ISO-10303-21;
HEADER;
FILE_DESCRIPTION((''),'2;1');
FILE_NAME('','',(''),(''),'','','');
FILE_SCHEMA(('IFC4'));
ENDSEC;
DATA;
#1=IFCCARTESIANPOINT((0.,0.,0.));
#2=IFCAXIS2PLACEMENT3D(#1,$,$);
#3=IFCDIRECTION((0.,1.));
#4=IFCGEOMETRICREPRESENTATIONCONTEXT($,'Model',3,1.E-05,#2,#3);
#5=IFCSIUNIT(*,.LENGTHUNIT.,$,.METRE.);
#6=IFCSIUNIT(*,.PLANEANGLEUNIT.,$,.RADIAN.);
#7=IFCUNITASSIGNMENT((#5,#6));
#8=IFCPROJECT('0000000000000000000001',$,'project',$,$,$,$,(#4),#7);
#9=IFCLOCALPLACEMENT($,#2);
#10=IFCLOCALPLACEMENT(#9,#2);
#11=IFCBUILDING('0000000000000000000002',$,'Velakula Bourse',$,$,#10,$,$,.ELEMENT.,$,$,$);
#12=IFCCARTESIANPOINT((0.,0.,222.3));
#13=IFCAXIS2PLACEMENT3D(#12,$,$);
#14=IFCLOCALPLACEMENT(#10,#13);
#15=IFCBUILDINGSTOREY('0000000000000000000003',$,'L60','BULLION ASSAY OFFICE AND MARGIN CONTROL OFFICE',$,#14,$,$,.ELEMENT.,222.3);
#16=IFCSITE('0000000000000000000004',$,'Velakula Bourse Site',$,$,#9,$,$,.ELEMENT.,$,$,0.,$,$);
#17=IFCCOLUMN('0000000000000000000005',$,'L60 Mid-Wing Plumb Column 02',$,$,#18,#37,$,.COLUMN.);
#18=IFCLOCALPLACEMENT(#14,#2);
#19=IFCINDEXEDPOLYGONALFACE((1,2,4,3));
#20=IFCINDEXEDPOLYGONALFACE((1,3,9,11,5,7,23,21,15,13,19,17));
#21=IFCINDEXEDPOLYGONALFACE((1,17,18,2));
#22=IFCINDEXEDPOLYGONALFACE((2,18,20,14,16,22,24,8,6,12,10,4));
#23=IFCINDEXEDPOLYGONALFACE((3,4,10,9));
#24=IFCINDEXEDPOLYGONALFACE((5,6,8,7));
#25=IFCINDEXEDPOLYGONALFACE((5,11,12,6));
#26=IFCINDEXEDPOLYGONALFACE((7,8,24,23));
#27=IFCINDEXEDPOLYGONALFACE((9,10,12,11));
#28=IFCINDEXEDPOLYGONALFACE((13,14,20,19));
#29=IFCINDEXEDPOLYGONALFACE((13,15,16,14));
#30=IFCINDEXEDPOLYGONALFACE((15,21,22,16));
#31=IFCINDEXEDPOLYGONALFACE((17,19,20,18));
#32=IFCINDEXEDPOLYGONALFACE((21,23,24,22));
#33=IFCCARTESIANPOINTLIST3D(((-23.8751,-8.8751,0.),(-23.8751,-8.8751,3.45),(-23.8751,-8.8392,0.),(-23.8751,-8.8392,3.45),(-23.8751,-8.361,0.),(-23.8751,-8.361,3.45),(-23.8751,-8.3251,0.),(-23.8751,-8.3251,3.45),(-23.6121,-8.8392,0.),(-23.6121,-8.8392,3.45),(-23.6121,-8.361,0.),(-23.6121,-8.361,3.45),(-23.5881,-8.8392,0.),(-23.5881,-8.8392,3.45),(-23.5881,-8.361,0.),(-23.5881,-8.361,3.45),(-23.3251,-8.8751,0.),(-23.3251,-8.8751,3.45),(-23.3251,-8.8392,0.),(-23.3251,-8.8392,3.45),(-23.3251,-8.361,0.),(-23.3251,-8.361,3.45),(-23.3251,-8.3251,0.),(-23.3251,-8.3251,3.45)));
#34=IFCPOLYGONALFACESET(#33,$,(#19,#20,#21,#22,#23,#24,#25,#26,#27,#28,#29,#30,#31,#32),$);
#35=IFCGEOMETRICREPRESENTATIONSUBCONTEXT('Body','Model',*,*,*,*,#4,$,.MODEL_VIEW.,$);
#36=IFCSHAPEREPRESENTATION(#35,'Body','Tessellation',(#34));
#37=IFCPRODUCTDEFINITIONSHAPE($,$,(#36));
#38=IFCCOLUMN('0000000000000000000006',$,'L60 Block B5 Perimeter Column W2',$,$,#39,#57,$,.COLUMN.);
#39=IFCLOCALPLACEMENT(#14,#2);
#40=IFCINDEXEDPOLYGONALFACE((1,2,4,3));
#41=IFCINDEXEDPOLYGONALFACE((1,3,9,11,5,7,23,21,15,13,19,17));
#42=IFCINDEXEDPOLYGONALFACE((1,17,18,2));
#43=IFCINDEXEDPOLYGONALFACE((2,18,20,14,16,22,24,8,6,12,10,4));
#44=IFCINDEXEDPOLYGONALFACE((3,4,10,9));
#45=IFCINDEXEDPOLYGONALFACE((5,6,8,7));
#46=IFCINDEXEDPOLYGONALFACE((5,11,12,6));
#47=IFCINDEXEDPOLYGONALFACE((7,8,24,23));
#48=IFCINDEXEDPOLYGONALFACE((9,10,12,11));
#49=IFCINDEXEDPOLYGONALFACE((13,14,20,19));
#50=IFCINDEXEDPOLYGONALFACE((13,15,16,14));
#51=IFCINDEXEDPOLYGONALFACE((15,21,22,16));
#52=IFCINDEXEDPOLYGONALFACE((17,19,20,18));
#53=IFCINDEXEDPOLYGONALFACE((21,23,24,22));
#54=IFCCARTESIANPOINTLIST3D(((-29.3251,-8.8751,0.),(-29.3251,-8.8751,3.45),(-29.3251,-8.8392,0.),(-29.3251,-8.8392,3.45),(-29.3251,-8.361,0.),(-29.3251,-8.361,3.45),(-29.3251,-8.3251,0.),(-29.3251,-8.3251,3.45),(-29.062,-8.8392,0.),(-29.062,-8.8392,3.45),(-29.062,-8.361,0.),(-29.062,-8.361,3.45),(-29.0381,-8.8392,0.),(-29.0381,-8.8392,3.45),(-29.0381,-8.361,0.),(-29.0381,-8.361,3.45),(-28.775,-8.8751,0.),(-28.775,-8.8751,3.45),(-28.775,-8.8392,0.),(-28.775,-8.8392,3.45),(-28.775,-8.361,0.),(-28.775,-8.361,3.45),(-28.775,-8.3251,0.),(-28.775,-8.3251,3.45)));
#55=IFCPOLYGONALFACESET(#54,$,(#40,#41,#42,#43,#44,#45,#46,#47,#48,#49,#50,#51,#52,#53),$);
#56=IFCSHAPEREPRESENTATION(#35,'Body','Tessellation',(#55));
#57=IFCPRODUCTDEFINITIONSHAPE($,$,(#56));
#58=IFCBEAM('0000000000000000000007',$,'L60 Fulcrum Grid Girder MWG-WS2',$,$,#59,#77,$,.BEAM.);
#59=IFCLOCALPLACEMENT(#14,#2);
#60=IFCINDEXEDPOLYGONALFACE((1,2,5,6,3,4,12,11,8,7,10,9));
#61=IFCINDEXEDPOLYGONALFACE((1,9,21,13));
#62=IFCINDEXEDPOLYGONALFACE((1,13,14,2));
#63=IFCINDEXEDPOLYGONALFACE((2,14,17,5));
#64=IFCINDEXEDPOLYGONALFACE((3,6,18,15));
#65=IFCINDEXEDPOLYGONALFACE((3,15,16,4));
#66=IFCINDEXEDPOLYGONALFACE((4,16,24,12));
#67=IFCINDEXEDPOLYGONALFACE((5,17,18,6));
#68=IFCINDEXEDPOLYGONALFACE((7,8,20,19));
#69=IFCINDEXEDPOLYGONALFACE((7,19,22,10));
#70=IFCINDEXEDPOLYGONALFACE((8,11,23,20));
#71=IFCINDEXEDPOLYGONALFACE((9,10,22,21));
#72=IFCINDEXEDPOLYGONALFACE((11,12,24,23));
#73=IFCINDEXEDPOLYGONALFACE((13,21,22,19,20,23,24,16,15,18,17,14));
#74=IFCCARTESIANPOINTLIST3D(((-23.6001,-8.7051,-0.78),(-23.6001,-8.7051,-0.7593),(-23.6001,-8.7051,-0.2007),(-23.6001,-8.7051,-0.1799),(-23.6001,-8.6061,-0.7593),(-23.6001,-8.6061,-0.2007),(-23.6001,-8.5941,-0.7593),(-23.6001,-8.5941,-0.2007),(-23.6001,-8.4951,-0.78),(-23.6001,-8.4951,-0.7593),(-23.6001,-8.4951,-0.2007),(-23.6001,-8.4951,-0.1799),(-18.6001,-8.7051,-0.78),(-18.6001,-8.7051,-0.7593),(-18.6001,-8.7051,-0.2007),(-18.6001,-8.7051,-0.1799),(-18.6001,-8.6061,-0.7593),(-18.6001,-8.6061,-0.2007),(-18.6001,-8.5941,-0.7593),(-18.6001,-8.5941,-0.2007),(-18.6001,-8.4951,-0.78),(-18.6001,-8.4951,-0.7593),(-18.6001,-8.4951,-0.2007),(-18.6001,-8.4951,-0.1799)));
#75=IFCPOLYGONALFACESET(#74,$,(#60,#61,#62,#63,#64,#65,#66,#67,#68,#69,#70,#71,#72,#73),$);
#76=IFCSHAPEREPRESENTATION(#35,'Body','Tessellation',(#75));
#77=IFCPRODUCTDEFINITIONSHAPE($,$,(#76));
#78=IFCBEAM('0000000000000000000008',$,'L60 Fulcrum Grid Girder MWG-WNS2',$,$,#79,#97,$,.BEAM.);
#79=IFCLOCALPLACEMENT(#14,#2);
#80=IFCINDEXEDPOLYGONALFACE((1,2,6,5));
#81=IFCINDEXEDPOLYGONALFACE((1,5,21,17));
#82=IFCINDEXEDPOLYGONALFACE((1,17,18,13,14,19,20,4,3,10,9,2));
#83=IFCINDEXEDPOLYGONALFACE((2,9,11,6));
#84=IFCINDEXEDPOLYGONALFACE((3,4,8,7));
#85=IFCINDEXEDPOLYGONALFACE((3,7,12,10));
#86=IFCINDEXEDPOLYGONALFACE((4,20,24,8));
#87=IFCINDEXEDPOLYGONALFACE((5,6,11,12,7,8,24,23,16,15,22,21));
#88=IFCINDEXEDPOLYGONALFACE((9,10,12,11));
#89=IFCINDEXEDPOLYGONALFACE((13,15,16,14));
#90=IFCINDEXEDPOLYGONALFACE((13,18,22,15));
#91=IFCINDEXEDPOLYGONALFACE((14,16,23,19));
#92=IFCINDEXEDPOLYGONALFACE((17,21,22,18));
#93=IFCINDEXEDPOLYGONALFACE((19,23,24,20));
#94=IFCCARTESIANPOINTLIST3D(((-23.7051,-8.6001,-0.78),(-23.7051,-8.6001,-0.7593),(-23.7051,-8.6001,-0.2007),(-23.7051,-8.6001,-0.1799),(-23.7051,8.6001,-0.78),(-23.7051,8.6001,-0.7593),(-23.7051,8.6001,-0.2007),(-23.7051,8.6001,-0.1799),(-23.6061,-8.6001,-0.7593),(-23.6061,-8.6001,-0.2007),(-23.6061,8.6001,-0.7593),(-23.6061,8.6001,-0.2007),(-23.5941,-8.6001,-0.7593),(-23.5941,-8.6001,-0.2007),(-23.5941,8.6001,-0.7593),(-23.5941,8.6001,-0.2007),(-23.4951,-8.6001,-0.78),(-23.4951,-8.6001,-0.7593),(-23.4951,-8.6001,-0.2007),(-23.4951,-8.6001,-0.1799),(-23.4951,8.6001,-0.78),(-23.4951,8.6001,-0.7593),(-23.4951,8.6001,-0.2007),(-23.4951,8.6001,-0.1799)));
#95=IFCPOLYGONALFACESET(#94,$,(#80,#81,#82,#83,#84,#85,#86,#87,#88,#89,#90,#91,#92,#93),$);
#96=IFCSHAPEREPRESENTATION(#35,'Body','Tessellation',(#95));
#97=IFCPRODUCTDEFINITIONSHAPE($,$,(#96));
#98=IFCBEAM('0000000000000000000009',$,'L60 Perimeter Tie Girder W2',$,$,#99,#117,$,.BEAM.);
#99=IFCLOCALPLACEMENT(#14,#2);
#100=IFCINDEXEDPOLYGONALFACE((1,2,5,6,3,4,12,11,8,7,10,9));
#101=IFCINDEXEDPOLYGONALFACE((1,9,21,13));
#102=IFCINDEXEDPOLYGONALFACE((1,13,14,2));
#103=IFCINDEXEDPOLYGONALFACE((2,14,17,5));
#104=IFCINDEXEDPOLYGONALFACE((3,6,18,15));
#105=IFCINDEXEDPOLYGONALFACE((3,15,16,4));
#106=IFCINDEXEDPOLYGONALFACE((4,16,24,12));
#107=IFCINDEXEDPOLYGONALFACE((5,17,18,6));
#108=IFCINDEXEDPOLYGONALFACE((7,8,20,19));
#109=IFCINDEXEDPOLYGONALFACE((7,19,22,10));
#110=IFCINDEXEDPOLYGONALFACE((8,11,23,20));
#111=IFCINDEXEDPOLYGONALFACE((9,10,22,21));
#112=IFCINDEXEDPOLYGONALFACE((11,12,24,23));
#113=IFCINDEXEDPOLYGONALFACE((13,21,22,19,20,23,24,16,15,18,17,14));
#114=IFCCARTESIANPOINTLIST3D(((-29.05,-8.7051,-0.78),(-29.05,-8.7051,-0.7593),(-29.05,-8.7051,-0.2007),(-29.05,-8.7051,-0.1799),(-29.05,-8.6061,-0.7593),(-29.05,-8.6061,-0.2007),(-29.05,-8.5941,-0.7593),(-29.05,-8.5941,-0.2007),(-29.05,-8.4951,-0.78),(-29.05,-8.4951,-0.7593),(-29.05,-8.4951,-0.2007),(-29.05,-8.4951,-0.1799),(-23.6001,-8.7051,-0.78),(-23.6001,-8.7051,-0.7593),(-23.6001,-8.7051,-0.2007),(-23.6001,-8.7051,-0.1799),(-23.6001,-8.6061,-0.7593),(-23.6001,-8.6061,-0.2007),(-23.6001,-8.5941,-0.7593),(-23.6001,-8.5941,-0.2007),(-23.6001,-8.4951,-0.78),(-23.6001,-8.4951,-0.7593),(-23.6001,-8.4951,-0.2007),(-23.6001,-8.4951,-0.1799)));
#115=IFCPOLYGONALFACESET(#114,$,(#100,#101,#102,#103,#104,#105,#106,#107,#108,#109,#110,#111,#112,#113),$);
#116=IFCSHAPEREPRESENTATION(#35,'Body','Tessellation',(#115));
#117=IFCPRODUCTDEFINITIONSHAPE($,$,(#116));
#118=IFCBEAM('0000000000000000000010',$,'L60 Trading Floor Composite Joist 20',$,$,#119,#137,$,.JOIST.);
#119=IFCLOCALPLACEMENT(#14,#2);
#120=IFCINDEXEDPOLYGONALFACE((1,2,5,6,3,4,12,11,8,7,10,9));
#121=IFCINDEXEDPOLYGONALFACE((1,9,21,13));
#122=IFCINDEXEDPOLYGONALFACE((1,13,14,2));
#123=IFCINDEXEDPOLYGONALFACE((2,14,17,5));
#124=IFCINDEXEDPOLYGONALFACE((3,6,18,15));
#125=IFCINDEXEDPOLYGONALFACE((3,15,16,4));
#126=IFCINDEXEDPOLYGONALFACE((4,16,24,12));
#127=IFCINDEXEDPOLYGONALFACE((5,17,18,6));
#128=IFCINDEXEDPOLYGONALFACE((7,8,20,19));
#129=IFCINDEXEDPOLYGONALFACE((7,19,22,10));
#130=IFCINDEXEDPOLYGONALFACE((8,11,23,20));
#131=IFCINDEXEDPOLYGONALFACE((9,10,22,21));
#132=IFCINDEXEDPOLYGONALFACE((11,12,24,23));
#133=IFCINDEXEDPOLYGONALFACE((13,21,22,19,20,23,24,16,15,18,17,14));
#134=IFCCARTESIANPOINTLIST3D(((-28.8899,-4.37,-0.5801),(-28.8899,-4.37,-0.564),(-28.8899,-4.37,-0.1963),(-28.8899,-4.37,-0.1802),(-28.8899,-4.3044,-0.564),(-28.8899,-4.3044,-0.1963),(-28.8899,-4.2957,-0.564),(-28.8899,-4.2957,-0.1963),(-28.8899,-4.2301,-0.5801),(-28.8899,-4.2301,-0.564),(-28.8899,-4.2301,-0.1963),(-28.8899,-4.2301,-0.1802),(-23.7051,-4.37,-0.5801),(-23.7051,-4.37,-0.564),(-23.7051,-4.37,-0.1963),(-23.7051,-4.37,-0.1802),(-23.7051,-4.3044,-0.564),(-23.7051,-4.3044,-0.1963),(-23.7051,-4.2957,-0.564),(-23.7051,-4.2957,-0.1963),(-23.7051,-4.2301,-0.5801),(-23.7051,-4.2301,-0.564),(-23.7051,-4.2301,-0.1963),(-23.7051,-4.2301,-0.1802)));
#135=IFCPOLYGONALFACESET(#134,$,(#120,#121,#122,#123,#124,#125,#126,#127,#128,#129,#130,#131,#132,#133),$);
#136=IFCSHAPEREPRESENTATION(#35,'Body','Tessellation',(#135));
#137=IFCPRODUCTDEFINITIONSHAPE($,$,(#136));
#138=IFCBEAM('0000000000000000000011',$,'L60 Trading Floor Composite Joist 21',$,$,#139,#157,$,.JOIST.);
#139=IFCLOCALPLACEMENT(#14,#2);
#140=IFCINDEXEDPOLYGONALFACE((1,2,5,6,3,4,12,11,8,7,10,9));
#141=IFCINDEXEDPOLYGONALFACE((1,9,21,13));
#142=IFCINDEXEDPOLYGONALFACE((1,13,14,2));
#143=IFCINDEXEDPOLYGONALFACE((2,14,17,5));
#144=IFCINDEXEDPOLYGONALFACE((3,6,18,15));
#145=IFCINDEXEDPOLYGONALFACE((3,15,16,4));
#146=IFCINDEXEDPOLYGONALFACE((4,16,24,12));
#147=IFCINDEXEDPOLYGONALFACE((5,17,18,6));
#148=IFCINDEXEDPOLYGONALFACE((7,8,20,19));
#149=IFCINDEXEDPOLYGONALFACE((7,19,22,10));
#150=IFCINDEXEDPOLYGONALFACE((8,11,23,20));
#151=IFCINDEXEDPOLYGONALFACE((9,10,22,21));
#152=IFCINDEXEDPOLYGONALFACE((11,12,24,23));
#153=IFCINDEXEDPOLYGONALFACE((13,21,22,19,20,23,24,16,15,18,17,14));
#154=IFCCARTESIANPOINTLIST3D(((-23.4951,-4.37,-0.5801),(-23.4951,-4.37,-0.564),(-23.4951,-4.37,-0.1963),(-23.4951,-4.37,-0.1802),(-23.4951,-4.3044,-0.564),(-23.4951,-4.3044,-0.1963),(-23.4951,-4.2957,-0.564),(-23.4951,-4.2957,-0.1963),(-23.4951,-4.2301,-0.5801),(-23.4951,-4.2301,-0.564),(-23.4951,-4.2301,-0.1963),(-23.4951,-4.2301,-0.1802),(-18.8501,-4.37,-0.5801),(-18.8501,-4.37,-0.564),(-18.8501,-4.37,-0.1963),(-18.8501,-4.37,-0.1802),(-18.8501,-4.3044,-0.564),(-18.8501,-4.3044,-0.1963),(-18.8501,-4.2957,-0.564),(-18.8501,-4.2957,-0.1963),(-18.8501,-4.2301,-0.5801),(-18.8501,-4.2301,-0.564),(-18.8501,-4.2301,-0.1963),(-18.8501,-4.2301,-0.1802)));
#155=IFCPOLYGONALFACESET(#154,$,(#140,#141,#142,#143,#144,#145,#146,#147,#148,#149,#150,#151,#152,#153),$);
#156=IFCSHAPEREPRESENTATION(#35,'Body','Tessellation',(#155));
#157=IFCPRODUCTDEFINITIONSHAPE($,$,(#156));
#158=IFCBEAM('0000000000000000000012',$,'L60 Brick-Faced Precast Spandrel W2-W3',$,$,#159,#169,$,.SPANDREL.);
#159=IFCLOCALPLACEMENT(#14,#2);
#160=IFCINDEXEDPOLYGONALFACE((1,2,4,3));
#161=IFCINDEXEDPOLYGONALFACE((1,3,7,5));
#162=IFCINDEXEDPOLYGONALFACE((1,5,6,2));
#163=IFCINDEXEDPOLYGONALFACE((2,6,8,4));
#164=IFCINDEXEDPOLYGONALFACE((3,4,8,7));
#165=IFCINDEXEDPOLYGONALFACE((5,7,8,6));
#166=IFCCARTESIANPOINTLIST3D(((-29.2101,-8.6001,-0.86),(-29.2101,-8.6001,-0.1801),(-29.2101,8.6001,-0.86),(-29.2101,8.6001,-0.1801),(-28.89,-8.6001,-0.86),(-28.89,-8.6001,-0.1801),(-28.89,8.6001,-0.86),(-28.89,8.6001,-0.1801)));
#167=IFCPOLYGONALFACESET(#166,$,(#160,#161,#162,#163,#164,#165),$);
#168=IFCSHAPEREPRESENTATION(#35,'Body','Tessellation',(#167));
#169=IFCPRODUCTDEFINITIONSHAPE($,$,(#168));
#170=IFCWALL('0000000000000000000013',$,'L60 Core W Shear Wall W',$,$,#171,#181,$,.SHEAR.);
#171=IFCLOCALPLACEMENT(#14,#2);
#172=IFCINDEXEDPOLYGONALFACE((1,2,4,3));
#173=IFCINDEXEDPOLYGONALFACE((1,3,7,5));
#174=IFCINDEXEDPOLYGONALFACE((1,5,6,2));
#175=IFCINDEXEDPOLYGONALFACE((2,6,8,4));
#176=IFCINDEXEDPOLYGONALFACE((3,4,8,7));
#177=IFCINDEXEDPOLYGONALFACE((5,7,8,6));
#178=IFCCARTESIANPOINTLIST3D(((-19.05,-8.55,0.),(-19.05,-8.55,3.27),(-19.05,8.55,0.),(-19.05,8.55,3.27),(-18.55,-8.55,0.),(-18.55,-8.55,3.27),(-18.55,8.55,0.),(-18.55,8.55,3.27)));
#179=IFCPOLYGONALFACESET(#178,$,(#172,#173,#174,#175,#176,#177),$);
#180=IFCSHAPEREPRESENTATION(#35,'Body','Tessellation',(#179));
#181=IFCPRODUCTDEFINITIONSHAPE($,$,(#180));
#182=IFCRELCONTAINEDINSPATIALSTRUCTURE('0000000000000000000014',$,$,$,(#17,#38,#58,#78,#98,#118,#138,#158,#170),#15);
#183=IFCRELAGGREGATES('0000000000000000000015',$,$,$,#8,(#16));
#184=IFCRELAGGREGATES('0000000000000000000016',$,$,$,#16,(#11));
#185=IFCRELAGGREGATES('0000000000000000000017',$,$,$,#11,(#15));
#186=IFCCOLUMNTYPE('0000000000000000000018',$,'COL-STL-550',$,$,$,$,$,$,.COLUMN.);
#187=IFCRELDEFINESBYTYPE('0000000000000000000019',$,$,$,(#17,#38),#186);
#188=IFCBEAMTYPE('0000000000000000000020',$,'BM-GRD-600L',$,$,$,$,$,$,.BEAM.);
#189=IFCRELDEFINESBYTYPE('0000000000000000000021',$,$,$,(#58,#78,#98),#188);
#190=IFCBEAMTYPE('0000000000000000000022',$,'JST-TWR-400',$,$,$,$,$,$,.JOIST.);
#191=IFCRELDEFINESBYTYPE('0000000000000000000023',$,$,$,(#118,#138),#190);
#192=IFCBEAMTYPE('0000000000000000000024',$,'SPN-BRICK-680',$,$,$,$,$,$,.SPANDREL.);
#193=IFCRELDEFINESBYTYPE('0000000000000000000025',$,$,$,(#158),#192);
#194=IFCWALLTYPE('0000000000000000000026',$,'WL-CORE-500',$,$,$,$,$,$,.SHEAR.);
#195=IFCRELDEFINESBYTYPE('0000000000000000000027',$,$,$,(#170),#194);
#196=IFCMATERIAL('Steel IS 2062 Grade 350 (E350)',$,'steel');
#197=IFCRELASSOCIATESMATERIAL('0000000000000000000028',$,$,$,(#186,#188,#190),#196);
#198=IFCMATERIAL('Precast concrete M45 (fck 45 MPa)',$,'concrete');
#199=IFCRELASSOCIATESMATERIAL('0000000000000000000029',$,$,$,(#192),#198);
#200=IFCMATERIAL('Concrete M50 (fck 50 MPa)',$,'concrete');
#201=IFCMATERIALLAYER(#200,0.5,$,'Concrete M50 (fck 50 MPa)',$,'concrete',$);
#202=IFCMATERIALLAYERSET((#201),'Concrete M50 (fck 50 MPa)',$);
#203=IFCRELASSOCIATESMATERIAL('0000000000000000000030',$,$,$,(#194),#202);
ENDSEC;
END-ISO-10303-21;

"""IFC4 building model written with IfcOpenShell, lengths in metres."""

from ifc_helpers import new_model, si_unit, direction, frame, frame_2d, origin, origin_2d, place, context, subcontext, project, spatial, rectangle, i_section, extrude, material, layer, layer_set, material_profile, profile_set, type_object, element, save


model = new_model("IFC4")

# Units and contexts
model_context = context("Model", 3, precision=1e-05, world=origin(), true_north=direction((0.0, 1.0)))
body_context = subcontext(model_context, "Body", "Model", "MODEL_VIEW")
ifc_project = project(units=[si_unit("LENGTHUNIT", "METRE"), si_unit("PLANEANGLEUNIT", "RADIAN")], contexts=[model_context])

# Site, building, storey
site_placement = place(None, origin())
site = spatial("IfcSite", under=ifc_project, at=site_placement, Name="Velakula Bourse Site", CompositionType="ELEMENT", RefElevation=0.0)
building_placement = place(site_placement, origin())
building = spatial("IfcBuilding", under=site, at=building_placement, Name="Velakula Bourse", CompositionType="ELEMENT")
storey_placement = place(building_placement, frame((0.0, 0.0, 222.3)))
storey = spatial("IfcBuildingStorey", under=building, at=storey_placement, Name="L60", Description="BULLION ASSAY OFFICE AND MARGIN CONTROL OFFICE", CompositionType="ELEMENT", Elevation=222.3)

# Columns
ifc_material_1 = material(Name="Steel IS 2062 Grade 350 (E350)", Category="steel")
ifc_material_profile_1 = material_profile(ifc_material_1, i_section(OverallWidth=0.55, OverallDepth=0.55, WebThickness=0.0239, FlangeThickness=0.0359, at=origin_2d()), Name="Steel IS 2062 Grade 350 (E350)")
ifc_profile_set_1 = profile_set([ifc_material_profile_1], Name="Steel IS 2062 Grade 350 (E350)")
column_type = type_object("IfcColumnType", Name="COL-STL-550", PredefinedType="COLUMN", material=ifc_profile_set_1)
for number, where, z_axis, x_axis, name in (
    (1, (-23.6001, -8.6001, 0.0), (0.0, 0.0, 1.0), (1.0, 0.0, 0.0), "L60 Mid-Wing Plumb Column 02"),
    (2, (-29.05, -8.6001, 0.0), (0.0, 0.0, 1.0), (1.0, 0.0, 0.0), "L60 Block B5 Perimeter Column W2"),
):
    element("IfcColumn", number, at=place(storey_placement, frame(where, z_axis=z_axis, x_axis=x_axis)), inside=storey, type_object=column_type, Name=name, PredefinedType="COLUMN", context=body_context, shape_type="SweptSolid", body=[
        extrude(i_section(OverallWidth=0.55, OverallDepth=0.55, WebThickness=0.0239, FlangeThickness=0.0359, at=origin_2d()), origin(), (0.0, 0.0, 1.0), 3.45),
    ])

# Beams
ifc_material_profile_2 = material_profile(ifc_material_1, i_section(OverallWidth=0.21, OverallDepth=0.6001, WebThickness=0.012, FlangeThickness=0.0208, at=origin_2d()), Name="Steel IS 2062 Grade 350 (E350)")
ifc_profile_set_2 = profile_set([ifc_material_profile_2], Name="Steel IS 2062 Grade 350 (E350)")
beam_type_1 = type_object("IfcBeamType", Name="BM-GRD-600L", PredefinedType="BEAM", material=ifc_profile_set_2)
beam_1_placement = place(storey_placement, frame((-23.6001, -8.6001, -0.48), z_axis=(1.0, 0.0, 0.0), x_axis=(0.0, 1.0, 0.0)))
element("IfcBeam", 3, at=beam_1_placement, inside=storey, type_object=beam_type_1, Name="L60 Fulcrum Grid Girder MWG-WS2", PredefinedType="BEAM", context=body_context, shape_type="SweptSolid", body=[
    extrude(i_section(OverallWidth=0.21, OverallDepth=0.6001, WebThickness=0.012, FlangeThickness=0.0208, at=origin_2d()), origin(), (0.0, 0.0, 1.0), 5.0),
])
beam_2_placement = place(storey_placement, frame((-23.6001, -8.6001, -0.48), z_axis=(0.0, 1.0, 0.0), x_axis=(-1.0, 0.0, 0.0)))
element("IfcBeam", 4, at=beam_2_placement, inside=storey, type_object=beam_type_1, Name="L60 Fulcrum Grid Girder MWG-WNS2", PredefinedType="BEAM", context=body_context, shape_type="SweptSolid", body=[
    extrude(i_section(OverallWidth=0.21, OverallDepth=0.6001, WebThickness=0.012, FlangeThickness=0.0208, at=origin_2d()), origin(), (0.0, 0.0, 1.0), 17.2002),
])
beam_3_placement = place(storey_placement, frame((-23.6001, -8.6001, -0.48), z_axis=(-1.0, 0.0, 0.0), x_axis=(0.0, -1.0, 0.0)))
element("IfcBeam", 5, at=beam_3_placement, inside=storey, type_object=beam_type_1, Name="L60 Perimeter Tie Girder W2", PredefinedType="BEAM", context=body_context, shape_type="SweptSolid", body=[
    extrude(i_section(OverallWidth=0.21, OverallDepth=0.6001, WebThickness=0.012, FlangeThickness=0.0208, at=origin_2d()), origin(), (0.0, 0.0, 1.0), 5.45),
])
ifc_material_profile_3 = material_profile(ifc_material_1, i_section(OverallWidth=0.1399, OverallDepth=0.3999, WebThickness=0.0088, FlangeThickness=0.0161, at=origin_2d()), Name="Steel IS 2062 Grade 350 (E350)")
ifc_profile_set_3 = profile_set([ifc_material_profile_3], Name="Steel IS 2062 Grade 350 (E350)")
beam_type_2 = type_object("IfcBeamType", Name="JST-TWR-400", PredefinedType="JOIST", material=ifc_profile_set_3)
beam_4_placement = place(storey_placement, frame((-28.8899, -4.3, -0.3801), z_axis=(1.0, 0.0, 0.0), x_axis=(0.0, 1.0, 0.0)))
element("IfcBeam", 6, at=beam_4_placement, inside=storey, type_object=beam_type_2, Name="L60 Trading Floor Composite Joist 20", PredefinedType="JOIST", context=body_context, shape_type="SweptSolid", body=[
    extrude(i_section(OverallWidth=0.1399, OverallDepth=0.3999, WebThickness=0.0088, FlangeThickness=0.0161, at=origin_2d()), origin(), (0.0, 0.0, 1.0), 5.1848),
])
beam_5_placement = place(storey_placement, frame((-23.4951, -4.3, -0.3801), z_axis=(1.0, 0.0, 0.0), x_axis=(0.0, 1.0, 0.0)))
element("IfcBeam", 7, at=beam_5_placement, inside=storey, type_object=beam_type_2, Name="L60 Trading Floor Composite Joist 21", PredefinedType="JOIST", context=body_context, shape_type="SweptSolid", body=[
    extrude(i_section(OverallWidth=0.1399, OverallDepth=0.3999, WebThickness=0.0088, FlangeThickness=0.0161, at=origin_2d()), origin(), (0.0, 0.0, 1.0), 4.645),
])
ifc_material_2 = material(Name="Precast concrete M45 (fck 45 MPa)", Category="concrete")
ifc_material_profile_4 = material_profile(ifc_material_2, rectangle(XDim=0.3201, YDim=0.6799, at=origin_2d()), Name="Precast concrete M45 (fck 45 MPa)")
ifc_profile_set_4 = profile_set([ifc_material_profile_4], Name="Precast concrete M45 (fck 45 MPa)")
beam_type_3 = type_object("IfcBeamType", Name="SPN-BRICK-680", PredefinedType="SPANDREL", material=ifc_profile_set_4)
beam_6_placement = place(storey_placement, frame((-29.05, -8.6001, -0.52), z_axis=(0.0, 1.0, 0.0), x_axis=(-1.0, 0.0, 0.0)))
element("IfcBeam", 8, at=beam_6_placement, inside=storey, type_object=beam_type_3, Name="L60 Brick-Faced Precast Spandrel W2-W3", PredefinedType="SPANDREL", context=body_context, shape_type="SweptSolid", body=[
    extrude(rectangle(XDim=0.3201, YDim=0.6799, at=origin_2d()), origin(), (0.0, 0.0, 1.0), 17.2002),
])

# Wall
ifc_material_3 = material(Name="Concrete M50 (fck 50 MPa)", Category="concrete")
ifc_layer_1 = layer(ifc_material_3, 0.5, Name="Concrete M50 (fck 50 MPa)", Category="concrete")
ifc_layer_set_1 = layer_set([ifc_layer_1], Name="Concrete M50 (fck 50 MPa)")
wall_type_1 = type_object("IfcWallType", Name="WL-CORE-500", PredefinedType="SHEAR", material=ifc_layer_set_1)
wall_1_placement = place(storey_placement, frame((-18.8, -8.55, 0.0), z_axis=(0.0, 0.0, 1.0), x_axis=(0.0, 1.0, 0.0)))
element("IfcWall", 9, at=wall_1_placement, inside=storey, type_object=wall_type_1, Name="L60 Core W Shear Wall W", PredefinedType="SHEAR", context=body_context, shape_type="SweptSolid", body=[
    extrude(rectangle(XDim=17.1001, YDim=0.5, at=frame_2d((8.55, 0.0))), origin(), (0.0, 0.0, 1.0), 3.27),
])

save(model, "model.ifc")
